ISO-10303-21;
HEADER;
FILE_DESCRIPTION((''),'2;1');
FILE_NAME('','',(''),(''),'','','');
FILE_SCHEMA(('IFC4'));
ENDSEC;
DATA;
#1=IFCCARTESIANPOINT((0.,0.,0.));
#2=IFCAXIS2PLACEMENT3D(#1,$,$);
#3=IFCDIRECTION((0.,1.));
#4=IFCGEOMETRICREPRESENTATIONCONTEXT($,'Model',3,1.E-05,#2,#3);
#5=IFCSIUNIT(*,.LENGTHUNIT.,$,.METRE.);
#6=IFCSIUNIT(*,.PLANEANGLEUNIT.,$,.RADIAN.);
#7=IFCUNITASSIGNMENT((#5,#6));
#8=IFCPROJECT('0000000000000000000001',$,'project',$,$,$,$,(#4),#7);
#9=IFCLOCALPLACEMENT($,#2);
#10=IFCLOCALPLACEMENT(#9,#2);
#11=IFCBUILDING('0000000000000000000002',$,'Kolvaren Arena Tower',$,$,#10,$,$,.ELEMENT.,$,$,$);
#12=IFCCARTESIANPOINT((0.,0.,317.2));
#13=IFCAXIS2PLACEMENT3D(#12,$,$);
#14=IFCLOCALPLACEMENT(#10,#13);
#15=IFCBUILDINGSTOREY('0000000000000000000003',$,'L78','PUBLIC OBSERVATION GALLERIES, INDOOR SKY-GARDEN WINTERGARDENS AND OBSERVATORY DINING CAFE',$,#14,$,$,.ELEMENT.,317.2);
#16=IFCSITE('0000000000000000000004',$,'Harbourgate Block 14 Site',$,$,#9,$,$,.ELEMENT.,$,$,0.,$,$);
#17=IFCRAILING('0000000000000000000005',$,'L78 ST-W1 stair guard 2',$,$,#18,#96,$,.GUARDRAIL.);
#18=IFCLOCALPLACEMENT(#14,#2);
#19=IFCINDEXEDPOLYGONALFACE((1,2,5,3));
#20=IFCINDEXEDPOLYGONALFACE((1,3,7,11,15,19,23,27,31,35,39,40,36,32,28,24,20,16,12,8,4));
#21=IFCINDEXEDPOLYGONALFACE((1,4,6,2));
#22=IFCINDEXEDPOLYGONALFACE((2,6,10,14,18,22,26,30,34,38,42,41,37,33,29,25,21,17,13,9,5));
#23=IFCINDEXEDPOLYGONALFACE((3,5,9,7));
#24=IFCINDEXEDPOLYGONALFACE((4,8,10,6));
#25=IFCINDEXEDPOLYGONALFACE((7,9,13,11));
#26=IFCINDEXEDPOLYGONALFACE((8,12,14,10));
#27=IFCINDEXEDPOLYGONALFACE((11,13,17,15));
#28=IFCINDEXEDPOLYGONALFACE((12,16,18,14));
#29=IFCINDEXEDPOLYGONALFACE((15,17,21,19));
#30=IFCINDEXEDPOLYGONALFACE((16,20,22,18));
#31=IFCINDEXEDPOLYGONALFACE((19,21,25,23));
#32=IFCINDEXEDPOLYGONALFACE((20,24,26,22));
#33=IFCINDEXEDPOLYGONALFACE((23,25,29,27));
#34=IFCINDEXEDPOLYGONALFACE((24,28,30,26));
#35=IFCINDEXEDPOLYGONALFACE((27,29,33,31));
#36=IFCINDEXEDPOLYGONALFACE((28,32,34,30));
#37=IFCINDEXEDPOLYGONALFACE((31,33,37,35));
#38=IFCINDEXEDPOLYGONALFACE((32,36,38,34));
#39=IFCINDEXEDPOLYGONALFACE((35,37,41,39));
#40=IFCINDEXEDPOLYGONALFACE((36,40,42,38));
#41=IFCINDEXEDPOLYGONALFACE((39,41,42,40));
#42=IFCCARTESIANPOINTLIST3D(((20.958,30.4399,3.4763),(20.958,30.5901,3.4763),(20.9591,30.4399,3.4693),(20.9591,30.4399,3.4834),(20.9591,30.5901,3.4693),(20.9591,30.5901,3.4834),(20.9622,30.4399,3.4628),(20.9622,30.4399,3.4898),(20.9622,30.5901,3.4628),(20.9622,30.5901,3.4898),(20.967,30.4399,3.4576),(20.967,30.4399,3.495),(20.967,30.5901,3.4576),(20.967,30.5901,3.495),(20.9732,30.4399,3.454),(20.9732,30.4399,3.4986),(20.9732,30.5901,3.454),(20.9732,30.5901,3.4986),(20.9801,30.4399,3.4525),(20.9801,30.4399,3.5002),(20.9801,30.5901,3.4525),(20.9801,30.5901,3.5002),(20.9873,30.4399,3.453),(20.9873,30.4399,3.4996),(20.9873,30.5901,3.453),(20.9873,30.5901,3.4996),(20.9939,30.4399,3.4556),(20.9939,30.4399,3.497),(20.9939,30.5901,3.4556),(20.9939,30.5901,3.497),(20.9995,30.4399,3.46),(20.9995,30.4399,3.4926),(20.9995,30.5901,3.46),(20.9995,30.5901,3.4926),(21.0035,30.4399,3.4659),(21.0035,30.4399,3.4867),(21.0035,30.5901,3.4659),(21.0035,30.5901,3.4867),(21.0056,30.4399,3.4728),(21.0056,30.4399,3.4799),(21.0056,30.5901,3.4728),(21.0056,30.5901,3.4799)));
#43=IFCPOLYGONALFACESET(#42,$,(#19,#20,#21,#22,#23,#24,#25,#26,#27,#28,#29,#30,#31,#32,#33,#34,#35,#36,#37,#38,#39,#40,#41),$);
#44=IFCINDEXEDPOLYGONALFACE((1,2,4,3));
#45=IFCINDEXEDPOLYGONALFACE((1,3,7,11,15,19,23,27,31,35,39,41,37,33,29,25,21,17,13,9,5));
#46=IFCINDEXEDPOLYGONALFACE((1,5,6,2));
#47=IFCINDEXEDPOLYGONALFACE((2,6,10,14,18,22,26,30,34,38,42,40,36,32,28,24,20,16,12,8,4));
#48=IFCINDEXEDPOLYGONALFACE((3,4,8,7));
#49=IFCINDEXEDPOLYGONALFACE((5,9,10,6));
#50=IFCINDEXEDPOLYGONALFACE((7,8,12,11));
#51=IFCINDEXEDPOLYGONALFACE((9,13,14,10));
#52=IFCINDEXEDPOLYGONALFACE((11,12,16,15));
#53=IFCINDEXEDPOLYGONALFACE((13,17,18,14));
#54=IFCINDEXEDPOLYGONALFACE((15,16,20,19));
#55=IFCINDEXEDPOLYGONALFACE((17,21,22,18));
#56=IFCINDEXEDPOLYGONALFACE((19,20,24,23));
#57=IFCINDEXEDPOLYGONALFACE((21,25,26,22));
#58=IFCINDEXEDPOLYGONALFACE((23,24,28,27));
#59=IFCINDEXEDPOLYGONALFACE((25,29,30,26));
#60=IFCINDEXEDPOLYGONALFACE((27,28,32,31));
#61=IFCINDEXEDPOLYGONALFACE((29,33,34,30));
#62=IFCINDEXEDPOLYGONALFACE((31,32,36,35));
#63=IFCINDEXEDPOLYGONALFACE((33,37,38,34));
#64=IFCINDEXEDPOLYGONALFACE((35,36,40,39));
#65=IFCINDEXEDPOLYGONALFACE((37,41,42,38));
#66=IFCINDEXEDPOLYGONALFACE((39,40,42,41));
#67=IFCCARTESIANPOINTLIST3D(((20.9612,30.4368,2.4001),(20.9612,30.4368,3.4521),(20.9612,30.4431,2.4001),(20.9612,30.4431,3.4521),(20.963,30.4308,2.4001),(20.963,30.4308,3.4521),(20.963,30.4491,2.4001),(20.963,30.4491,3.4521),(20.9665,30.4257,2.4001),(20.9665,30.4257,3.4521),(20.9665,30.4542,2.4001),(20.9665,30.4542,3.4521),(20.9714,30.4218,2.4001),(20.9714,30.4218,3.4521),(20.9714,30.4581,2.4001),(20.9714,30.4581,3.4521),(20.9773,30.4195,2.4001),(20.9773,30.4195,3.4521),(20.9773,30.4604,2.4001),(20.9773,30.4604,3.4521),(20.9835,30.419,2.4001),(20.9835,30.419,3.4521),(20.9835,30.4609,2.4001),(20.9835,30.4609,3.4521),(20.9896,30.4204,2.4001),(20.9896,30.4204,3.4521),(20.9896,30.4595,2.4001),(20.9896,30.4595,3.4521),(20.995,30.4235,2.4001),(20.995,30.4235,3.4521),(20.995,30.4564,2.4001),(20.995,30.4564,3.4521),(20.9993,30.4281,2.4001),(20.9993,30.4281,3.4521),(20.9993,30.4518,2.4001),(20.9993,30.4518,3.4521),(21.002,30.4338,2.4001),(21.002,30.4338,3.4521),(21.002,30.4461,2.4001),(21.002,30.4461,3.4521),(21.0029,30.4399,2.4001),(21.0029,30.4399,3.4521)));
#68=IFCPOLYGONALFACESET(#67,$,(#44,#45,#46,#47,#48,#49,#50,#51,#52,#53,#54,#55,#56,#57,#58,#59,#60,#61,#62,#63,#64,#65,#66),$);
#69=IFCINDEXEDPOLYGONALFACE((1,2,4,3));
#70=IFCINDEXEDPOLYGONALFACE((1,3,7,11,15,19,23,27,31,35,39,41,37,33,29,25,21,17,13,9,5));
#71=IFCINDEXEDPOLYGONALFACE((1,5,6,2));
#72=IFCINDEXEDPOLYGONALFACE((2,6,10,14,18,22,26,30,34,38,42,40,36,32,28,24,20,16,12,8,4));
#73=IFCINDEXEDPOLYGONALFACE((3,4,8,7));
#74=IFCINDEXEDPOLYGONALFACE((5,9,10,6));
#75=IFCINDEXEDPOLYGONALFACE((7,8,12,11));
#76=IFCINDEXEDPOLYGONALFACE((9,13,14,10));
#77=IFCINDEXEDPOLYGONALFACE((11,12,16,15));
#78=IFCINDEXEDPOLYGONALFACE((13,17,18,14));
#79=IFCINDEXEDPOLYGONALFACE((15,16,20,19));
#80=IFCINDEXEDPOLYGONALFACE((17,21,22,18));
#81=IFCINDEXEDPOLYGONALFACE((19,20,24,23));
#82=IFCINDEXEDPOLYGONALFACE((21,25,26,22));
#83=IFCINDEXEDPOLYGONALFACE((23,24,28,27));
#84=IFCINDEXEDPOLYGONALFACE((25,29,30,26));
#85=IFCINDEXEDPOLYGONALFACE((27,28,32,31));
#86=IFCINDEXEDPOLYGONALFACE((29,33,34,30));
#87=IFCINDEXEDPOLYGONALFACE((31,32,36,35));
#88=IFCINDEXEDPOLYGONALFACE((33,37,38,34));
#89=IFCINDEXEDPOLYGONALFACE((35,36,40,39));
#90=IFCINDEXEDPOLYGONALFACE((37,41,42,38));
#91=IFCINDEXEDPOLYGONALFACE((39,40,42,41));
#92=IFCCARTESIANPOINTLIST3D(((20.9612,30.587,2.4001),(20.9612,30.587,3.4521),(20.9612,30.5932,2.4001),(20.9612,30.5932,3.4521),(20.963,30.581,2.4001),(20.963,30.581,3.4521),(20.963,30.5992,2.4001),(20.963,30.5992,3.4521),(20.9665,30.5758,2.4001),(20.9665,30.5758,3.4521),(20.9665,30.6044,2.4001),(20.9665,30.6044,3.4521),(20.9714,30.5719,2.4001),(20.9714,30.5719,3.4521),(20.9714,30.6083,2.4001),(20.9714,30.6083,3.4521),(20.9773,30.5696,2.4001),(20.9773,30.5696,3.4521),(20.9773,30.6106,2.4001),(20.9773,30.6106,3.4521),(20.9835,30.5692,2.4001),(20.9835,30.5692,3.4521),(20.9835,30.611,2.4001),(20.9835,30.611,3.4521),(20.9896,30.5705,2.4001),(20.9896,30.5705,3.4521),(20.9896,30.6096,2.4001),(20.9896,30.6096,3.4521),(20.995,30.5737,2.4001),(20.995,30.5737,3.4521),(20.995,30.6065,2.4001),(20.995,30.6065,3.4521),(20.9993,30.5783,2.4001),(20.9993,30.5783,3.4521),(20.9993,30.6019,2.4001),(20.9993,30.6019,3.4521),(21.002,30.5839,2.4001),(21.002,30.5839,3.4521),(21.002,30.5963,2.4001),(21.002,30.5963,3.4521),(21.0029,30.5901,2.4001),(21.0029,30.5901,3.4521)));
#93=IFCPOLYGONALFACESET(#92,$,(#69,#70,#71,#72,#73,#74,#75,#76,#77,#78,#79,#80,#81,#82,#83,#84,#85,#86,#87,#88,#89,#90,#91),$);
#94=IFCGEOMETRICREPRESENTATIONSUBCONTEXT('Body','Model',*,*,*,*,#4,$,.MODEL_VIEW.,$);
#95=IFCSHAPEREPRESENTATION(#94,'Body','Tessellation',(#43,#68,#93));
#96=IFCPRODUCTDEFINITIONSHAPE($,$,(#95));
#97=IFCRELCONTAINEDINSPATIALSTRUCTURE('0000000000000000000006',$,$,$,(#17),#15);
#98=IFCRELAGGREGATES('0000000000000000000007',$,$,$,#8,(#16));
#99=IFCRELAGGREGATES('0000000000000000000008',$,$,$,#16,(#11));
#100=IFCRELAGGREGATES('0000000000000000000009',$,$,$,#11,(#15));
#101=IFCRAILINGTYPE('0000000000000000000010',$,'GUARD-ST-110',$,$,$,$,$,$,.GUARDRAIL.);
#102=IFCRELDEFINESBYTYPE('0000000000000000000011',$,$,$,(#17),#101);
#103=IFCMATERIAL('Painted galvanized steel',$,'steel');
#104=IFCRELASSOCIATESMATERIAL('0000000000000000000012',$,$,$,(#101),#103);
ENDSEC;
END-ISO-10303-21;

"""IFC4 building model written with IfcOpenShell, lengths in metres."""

from ifc_helpers import new_model, si_unit, direction, frame, origin, origin_2d, place, context, subcontext, project, spatial, circle, extrude, material, type_object, element, save


model = new_model("IFC4")

# Units and contexts
model_context = context("Model", 3, precision=1e-05, world=origin(), true_north=direction((0.0, 1.0)))
body_context = subcontext(model_context, "Body", "Model", "MODEL_VIEW")
ifc_project = project(units=[si_unit("LENGTHUNIT", "METRE"), si_unit("PLANEANGLEUNIT", "RADIAN")], contexts=[model_context])

# Site, building, storey
site_placement = place(None, origin())
site = spatial("IfcSite", under=ifc_project, at=site_placement, Name="Harbourgate Block 14 Site", CompositionType="ELEMENT", RefElevation=0.0)
building_placement = place(site_placement, origin())
building = spatial("IfcBuilding", under=site, at=building_placement, Name="Kolvaren Arena Tower", CompositionType="ELEMENT")
storey_placement = place(building_placement, frame((0.0, 0.0, 317.2)))
storey = spatial("IfcBuildingStorey", under=building, at=storey_placement, Name="L78", Description="PUBLIC OBSERVATION GALLERIES, INDOOR SKY-GARDEN WINTERGARDENS AND OBSERVATORY DINING CAFE", CompositionType="ELEMENT", Elevation=317.2)

# Railing
ifc_material_1 = material(Name="Painted galvanized steel", Category="steel")
railing_type_1 = type_object("IfcRailingType", Name="GUARD-ST-110", PredefinedType="GUARDRAIL", material=ifc_material_1)
railing_1_placement = place(storey_placement, frame((20.9819, 30.4399, 2.4001)))
element("IfcRailing", 1, at=railing_1_placement, inside=storey, type_object=railing_type_1, Name="L78 ST-W1 stair guard 2", PredefinedType="GUARDRAIL", context=body_context, shape_type="SweptSolid", body=[
    extrude(circle(Radius=0.0239, at=origin_2d()), frame((0.0, 0.0, 1.0762), z_axis=(0.0, 1.0, 0.0), x_axis=(-1.0, 0.0, 0.0)), (0.0, 0.0, 1.0), 0.1501),
    extrude(circle(Radius=0.021, at=origin_2d()), origin(), (0.0, 0.0, 1.0), 1.052),
    extrude(circle(Radius=0.021, at=origin_2d()), frame((0.0, 0.1501, 0.0)), (0.0, 0.0, 1.0), 1.052),
])

save(model, "model.ifc")
